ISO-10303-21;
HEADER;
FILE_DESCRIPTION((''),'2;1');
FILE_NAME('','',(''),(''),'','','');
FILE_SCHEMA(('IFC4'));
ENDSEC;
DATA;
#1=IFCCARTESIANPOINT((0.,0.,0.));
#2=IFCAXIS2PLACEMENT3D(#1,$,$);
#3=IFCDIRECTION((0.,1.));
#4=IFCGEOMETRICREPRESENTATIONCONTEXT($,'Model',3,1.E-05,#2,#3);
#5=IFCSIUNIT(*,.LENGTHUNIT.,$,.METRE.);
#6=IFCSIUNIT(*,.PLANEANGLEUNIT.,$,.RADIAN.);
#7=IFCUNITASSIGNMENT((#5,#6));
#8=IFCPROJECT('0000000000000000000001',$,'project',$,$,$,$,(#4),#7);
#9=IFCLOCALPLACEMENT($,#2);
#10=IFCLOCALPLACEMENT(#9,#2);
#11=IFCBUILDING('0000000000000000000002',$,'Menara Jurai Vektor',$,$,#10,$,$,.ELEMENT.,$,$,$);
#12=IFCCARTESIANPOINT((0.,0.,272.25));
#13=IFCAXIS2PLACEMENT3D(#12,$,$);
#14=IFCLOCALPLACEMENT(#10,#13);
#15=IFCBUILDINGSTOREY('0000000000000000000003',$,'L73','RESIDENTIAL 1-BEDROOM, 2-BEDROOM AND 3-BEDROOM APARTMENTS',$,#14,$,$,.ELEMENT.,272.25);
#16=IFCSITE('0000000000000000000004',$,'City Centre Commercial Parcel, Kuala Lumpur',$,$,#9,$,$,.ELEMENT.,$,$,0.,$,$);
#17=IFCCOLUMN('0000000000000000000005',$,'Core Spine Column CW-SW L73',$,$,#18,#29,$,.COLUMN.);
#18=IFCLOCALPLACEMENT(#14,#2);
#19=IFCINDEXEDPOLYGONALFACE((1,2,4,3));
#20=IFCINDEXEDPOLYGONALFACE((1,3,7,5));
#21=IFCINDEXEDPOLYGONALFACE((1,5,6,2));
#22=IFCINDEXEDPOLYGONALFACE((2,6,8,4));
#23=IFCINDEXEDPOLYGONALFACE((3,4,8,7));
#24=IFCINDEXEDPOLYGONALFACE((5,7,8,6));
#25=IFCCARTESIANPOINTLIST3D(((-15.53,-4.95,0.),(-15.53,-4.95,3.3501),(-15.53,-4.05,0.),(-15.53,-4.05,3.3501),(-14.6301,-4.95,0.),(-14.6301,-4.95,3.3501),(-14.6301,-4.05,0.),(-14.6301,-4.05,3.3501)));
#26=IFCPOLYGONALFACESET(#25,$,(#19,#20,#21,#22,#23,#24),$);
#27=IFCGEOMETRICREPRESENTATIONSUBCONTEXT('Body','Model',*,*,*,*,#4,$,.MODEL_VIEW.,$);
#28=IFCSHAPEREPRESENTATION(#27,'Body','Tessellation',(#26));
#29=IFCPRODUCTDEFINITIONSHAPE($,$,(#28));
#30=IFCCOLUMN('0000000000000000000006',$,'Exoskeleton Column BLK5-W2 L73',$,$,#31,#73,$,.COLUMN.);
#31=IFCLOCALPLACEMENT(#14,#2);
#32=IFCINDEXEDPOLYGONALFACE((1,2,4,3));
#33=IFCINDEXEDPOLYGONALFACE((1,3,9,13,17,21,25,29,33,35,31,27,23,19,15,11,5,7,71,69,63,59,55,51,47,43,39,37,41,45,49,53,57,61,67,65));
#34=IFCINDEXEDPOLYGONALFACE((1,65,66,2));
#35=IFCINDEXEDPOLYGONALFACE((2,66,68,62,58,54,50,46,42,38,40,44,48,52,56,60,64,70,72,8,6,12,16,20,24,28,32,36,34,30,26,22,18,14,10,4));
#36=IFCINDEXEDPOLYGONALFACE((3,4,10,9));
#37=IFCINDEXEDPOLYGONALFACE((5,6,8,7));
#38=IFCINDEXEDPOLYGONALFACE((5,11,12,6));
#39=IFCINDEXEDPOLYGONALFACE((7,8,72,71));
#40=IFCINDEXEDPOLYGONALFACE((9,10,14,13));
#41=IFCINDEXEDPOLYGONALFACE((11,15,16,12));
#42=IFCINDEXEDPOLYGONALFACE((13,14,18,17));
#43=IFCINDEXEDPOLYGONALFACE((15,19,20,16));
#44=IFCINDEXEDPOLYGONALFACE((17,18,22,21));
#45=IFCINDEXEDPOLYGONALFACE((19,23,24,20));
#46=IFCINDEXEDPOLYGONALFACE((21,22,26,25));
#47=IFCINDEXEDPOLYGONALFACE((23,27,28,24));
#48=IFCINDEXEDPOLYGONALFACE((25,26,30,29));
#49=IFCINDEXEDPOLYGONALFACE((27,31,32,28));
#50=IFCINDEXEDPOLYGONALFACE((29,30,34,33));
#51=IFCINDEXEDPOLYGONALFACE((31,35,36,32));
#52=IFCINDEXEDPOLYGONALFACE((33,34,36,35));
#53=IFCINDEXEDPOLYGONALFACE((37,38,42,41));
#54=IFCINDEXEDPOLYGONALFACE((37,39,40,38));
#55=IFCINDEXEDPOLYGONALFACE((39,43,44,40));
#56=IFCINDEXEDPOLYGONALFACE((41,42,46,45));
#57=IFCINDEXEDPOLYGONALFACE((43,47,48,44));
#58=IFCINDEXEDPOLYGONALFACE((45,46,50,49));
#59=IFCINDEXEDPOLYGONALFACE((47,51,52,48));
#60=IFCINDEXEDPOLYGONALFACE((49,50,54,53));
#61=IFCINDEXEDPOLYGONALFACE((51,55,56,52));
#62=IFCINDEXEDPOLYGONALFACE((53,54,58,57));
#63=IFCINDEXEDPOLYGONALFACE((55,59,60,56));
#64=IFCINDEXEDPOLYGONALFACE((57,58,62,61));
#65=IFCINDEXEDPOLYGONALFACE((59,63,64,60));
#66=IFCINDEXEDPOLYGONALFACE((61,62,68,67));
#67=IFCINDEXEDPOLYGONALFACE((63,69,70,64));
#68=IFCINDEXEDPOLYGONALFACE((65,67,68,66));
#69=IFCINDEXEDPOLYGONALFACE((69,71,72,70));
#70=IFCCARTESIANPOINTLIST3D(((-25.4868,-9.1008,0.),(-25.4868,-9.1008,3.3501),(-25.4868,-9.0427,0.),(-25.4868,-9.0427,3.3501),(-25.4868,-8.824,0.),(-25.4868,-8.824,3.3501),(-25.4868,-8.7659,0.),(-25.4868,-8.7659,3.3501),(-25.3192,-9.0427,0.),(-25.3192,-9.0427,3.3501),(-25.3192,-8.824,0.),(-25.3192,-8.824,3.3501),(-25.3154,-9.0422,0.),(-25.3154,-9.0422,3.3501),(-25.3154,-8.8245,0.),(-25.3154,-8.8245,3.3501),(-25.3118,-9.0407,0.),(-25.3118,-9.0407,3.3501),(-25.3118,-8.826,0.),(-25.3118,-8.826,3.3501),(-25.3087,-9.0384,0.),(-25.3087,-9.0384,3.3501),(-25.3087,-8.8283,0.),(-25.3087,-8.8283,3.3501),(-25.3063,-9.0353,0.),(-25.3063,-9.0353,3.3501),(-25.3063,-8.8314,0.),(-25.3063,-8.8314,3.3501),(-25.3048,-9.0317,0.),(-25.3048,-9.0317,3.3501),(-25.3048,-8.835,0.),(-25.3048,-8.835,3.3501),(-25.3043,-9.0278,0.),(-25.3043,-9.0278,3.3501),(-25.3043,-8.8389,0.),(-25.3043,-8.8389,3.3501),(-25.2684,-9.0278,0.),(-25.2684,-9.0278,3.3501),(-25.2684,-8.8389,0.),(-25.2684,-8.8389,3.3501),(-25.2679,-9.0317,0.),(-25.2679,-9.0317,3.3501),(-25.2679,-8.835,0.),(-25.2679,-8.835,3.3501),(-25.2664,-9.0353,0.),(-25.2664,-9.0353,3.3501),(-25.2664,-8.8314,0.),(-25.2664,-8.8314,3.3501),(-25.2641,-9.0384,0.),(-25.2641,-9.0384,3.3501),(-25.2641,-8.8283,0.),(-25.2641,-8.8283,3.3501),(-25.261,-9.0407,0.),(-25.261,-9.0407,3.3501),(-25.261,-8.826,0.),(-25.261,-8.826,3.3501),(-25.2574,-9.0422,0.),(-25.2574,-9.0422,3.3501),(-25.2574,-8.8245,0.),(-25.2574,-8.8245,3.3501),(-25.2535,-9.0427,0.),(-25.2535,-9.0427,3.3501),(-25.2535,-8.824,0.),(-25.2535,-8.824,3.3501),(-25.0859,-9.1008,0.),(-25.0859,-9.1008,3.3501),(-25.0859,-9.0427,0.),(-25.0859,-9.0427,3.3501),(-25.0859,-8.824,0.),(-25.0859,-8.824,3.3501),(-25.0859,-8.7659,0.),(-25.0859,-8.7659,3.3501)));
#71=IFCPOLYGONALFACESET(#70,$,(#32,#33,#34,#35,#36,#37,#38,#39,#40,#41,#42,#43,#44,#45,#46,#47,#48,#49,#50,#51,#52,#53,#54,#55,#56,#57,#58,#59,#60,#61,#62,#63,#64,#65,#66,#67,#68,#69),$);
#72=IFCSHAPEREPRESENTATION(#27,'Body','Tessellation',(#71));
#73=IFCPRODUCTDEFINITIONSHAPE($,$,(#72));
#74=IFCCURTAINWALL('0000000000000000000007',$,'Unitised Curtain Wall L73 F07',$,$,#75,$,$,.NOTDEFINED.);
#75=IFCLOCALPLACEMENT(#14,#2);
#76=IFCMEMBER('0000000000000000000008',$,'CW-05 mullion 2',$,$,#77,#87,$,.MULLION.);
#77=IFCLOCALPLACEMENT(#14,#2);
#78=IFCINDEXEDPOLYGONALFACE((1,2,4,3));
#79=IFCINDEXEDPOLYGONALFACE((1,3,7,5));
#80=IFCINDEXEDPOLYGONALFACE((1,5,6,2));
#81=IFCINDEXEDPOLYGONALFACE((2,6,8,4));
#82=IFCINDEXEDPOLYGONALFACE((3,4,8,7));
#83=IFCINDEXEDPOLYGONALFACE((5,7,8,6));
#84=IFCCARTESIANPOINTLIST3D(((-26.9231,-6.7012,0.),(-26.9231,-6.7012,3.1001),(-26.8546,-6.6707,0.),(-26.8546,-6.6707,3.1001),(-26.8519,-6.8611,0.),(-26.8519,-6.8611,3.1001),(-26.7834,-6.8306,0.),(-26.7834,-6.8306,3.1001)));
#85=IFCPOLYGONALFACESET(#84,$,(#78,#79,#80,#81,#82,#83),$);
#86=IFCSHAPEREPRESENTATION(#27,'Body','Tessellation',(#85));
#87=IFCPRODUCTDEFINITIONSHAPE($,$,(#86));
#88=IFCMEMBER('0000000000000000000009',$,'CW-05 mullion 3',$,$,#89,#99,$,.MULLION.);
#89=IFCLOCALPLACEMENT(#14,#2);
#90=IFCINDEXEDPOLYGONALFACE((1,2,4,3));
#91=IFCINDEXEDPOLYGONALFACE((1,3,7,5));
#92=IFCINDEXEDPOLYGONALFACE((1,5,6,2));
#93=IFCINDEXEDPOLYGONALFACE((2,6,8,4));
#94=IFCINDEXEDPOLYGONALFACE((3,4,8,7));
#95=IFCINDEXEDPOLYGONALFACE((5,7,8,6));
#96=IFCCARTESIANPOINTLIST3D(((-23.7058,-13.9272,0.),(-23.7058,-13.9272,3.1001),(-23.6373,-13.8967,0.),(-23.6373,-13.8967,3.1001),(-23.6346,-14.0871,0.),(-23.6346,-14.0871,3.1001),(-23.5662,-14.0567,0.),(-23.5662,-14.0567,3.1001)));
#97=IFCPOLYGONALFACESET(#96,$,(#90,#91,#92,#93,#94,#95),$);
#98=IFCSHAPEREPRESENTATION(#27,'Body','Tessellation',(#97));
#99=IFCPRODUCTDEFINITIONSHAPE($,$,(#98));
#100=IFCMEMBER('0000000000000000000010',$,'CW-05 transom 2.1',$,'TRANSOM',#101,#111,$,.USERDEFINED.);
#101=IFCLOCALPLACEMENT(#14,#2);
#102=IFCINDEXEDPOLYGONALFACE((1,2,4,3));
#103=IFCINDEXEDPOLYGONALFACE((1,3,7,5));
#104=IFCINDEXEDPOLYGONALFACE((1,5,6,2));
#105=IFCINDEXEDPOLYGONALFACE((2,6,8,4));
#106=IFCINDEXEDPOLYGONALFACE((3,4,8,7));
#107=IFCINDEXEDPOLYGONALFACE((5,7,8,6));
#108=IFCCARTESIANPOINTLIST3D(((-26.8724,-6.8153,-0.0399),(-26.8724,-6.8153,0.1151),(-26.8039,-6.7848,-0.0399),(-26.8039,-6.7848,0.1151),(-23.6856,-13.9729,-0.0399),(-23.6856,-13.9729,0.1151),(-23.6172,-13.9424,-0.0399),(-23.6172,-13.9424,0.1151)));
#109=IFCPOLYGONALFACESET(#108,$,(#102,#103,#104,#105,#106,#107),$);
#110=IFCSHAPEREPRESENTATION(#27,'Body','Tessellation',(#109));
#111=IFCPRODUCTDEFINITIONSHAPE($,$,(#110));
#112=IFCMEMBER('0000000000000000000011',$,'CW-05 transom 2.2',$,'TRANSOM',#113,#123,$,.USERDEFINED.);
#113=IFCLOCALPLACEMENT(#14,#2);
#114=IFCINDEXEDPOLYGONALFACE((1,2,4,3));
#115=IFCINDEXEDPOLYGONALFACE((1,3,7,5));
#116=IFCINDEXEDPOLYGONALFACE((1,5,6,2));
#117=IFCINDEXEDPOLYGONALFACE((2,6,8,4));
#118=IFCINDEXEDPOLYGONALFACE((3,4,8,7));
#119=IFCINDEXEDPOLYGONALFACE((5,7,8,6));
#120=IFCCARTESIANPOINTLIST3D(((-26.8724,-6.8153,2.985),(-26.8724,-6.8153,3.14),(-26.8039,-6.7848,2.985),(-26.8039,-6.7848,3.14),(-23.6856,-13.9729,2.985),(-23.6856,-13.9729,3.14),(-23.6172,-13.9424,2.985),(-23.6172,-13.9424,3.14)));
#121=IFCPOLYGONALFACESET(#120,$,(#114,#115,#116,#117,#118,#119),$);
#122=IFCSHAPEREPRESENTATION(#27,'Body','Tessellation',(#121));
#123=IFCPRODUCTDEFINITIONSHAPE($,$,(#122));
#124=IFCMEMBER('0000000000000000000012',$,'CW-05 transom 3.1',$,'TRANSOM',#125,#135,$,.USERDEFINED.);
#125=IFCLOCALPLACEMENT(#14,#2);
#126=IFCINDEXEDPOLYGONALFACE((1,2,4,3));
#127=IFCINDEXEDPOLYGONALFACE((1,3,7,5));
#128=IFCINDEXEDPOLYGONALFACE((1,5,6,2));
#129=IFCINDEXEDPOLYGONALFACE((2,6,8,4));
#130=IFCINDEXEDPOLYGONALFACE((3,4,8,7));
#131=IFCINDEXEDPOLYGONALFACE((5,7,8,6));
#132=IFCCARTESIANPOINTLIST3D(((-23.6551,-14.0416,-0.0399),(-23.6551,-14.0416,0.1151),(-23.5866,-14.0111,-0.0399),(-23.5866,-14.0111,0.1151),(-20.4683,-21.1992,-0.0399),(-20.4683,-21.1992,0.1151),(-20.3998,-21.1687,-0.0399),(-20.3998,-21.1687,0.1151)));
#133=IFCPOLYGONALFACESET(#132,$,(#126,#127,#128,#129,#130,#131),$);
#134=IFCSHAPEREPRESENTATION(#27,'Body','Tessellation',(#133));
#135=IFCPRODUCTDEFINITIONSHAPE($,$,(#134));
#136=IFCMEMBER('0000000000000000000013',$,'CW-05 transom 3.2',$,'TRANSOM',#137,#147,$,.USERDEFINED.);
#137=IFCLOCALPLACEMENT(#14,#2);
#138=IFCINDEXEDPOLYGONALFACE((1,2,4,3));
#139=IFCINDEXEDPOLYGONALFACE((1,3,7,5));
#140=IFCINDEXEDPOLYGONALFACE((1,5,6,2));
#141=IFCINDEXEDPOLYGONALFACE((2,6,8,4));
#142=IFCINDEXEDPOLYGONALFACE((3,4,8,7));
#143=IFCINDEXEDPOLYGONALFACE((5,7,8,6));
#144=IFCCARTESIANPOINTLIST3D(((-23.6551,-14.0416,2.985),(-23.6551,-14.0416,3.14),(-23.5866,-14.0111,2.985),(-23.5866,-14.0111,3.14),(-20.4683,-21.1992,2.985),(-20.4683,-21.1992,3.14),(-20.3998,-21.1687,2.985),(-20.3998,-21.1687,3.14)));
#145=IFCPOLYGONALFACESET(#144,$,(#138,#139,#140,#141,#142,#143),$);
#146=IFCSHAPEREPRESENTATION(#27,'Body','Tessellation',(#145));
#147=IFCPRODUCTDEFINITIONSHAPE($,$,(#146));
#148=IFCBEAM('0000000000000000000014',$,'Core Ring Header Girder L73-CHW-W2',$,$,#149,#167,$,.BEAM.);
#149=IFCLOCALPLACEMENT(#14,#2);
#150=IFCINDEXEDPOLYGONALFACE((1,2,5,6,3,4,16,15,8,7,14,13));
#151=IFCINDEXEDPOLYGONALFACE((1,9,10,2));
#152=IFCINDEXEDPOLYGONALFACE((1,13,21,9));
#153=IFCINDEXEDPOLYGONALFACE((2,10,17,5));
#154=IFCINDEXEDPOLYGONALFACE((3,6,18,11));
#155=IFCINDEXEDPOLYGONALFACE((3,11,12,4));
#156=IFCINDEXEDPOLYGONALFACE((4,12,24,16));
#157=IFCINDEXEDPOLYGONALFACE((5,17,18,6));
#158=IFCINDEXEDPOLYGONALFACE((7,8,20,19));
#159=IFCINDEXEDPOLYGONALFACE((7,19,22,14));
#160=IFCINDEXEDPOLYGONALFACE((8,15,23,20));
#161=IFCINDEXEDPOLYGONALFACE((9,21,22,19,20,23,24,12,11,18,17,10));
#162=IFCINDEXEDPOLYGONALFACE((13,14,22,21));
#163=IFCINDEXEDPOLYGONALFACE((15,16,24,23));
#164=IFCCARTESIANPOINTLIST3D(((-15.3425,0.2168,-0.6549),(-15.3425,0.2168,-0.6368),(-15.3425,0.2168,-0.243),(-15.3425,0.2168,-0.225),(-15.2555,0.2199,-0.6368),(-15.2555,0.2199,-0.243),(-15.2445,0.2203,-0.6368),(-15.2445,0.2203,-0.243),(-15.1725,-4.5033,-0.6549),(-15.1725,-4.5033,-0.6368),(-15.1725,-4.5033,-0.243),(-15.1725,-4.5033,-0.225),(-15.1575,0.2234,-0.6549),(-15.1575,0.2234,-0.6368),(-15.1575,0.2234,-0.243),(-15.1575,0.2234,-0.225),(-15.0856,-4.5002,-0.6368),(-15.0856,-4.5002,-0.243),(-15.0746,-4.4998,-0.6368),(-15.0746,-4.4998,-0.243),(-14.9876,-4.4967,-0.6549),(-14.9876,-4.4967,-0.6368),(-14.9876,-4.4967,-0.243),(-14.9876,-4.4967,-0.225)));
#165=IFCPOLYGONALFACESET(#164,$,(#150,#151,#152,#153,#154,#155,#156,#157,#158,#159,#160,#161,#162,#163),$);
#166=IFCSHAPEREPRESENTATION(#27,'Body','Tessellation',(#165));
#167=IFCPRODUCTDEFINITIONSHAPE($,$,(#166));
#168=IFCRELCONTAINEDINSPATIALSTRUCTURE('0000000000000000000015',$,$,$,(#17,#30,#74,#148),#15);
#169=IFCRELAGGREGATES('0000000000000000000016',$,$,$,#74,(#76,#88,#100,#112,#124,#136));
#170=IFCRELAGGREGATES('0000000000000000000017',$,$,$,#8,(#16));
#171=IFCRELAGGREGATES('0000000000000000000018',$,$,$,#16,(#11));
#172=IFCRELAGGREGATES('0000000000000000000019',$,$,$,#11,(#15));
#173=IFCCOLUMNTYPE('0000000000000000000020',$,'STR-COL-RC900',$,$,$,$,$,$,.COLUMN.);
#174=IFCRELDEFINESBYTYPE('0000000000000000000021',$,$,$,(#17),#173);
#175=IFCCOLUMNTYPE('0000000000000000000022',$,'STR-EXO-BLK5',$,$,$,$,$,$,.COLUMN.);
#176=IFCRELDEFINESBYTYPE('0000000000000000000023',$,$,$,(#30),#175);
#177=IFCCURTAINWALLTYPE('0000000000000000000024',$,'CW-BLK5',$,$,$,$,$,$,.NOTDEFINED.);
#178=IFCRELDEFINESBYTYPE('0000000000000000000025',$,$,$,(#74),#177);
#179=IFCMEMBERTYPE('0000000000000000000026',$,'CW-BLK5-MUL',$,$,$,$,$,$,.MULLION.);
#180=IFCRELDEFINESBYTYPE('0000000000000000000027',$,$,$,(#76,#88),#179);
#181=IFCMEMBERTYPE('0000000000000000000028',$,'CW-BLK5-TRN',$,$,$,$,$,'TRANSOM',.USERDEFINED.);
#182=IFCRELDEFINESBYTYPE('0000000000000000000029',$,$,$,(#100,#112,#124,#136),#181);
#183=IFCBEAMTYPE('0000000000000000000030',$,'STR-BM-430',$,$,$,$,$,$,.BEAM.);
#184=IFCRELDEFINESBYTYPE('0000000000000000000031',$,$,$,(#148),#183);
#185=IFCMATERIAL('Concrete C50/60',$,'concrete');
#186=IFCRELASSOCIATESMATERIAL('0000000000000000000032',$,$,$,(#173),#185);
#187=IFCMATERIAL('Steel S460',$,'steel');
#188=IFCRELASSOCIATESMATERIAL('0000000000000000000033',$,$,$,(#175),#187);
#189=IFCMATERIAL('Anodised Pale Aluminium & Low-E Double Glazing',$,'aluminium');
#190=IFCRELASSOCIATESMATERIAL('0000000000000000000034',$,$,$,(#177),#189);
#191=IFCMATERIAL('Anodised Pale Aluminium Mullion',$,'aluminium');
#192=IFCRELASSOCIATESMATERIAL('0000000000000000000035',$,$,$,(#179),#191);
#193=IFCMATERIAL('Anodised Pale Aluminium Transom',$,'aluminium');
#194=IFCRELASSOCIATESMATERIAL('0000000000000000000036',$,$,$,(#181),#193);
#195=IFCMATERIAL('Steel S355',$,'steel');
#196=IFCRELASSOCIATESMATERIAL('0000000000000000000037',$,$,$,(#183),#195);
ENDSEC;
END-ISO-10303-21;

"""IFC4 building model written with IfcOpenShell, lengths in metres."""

from ifc_helpers import new_model, si_unit, direction, frame, origin, origin_2d, place, context, subcontext, project, spatial, rectangle, i_section, extrude, material, material_profile, profile_set, type_object, element, aggregate, save


model = new_model("IFC4")

# Units and contexts
model_context = context("Model", 3, precision=1e-05, world=origin(), true_north=direction((0.0, 1.0)))
body_context = subcontext(model_context, "Body", "Model", "MODEL_VIEW")
ifc_project = project(units=[si_unit("LENGTHUNIT", "METRE"), si_unit("PLANEANGLEUNIT", "RADIAN")], contexts=[model_context])

# Site, building, storey
site_placement = place(None, origin())
site = spatial("IfcSite", under=ifc_project, at=site_placement, Name="City Centre Commercial Parcel, Kuala Lumpur", CompositionType="ELEMENT", RefElevation=0.0)
building_placement = place(site_placement, origin())
building = spatial("IfcBuilding", under=site, at=building_placement, Name="Menara Jurai Vektor", CompositionType="ELEMENT")
storey_placement = place(building_placement, frame((0.0, 0.0, 272.25)))
storey = spatial("IfcBuildingStorey", under=building, at=storey_placement, Name="L73", Description="RESIDENTIAL 1-BEDROOM, 2-BEDROOM AND 3-BEDROOM APARTMENTS", CompositionType="ELEMENT", Elevation=272.25)

# Columns
ifc_material_1 = material(Name="Concrete C50/60", Category="concrete")
ifc_material_profile_1 = material_profile(ifc_material_1, rectangle(XDim=0.8999, YDim=0.8999, at=origin_2d()), Name="RC 900x900")
ifc_profile_set_1 = profile_set([ifc_material_profile_1], Name="Concrete C50/60")
column_type_1 = type_object("IfcColumnType", Name="STR-COL-RC900", PredefinedType="COLUMN", material=ifc_profile_set_1)
column_1_placement = place(storey_placement, frame((-15.0801, -4.5, 0.0), z_axis=(0.0, 0.0, 1.0), x_axis=(1.0, 0.0, 0.0)))
element("IfcColumn", 1, at=column_1_placement, inside=storey, type_object=column_type_1, Name="Core Spine Column CW-SW L73", PredefinedType="COLUMN", context=body_context, shape_type="SweptSolid", body=[
    extrude(rectangle(XDim=0.8999, YDim=0.8999, at=origin_2d()), origin(), (0.0, 0.0, 1.0), 3.3501),
])
ifc_material_2 = material(Name="Steel S460", Category="steel")
ifc_material_profile_2 = material_profile(ifc_material_2, i_section(OverallWidth=0.4009, OverallDepth=0.335, WebThickness=0.0359, FlangeThickness=0.0581, FilletRadius=0.0149, at=origin_2d()), Name="HD 400x463")
ifc_profile_set_2 = profile_set([ifc_material_profile_2], Name="Steel S460")
column_type_2 = type_object("IfcColumnType", Name="STR-EXO-BLK5", PredefinedType="COLUMN", material=ifc_profile_set_2)
column_2_placement = place(storey_placement, frame((-25.2864, -8.9333, 0.0), z_axis=(0.0, 0.0, 1.0), x_axis=(1.0, 0.0, 0.0)))
element("IfcColumn", 2, at=column_2_placement, inside=storey, type_object=column_type_2, Name="Exoskeleton Column BLK5-W2 L73", PredefinedType="COLUMN", context=body_context, shape_type="SweptSolid", body=[
    extrude(i_section(OverallWidth=0.4009, OverallDepth=0.335, WebThickness=0.0359, FlangeThickness=0.0581, FilletRadius=0.0149, at=origin_2d()), origin(), (0.0, 0.0, 1.0), 3.3501),
])

# Curtain wall, members
ifc_material_3 = material(Name="Anodised Pale Aluminium & Low-E Double Glazing", Category="aluminium")
curtain_wall_type = type_object("IfcCurtainWallType", Name="CW-BLK5", PredefinedType="NOTDEFINED", material=ifc_material_3)
curtain_wall_placement = place(storey_placement, origin())
curtain_wall = element("IfcCurtainWall", 3, at=curtain_wall_placement, inside=storey, type_object=curtain_wall_type, Name="Unitised Curtain Wall L73 F07", PredefinedType="NOTDEFINED")
ifc_material_4 = material(Name="Anodised Pale Aluminium Mullion", Category="aluminium")
ifc_material_profile_3 = material_profile(ifc_material_4, rectangle(XDim=0.075, YDim=0.175, at=origin_2d()), Name="ALU MUL 75x175")
ifc_profile_set_3 = profile_set([ifc_material_profile_3], Name="Anodised Pale Aluminium Mullion")
member_type_1 = type_object("IfcMemberType", Name="CW-BLK5-MUL", PredefinedType="MULLION", material=ifc_profile_set_3)
member_1_placement = place(storey_placement, frame((-26.8533, -6.7659, 0.0), z_axis=(0.0, 0.0, 1.0), x_axis=(0.913546, 0.406735, 0.0)))
member_1 = element("IfcMember", 4, at=member_1_placement, type_object=member_type_1, Name="CW-05 mullion 2", PredefinedType="MULLION", context=body_context, shape_type="SweptSolid", body=[
    extrude(rectangle(XDim=0.075, YDim=0.175, at=origin_2d()), origin(), (0.0, 0.0, 1.0), 3.1001),
])
member_2_placement = place(storey_placement, frame((-23.636, -13.9919, 0.0), z_axis=(0.0, 0.0, 1.0), x_axis=(0.913546, 0.406735, 0.0)))
member_2 = element("IfcMember", 5, at=member_2_placement, type_object=member_type_1, Name="CW-05 mullion 3", PredefinedType="MULLION", context=body_context, shape_type="SweptSolid", body=[
    extrude(rectangle(XDim=0.075, YDim=0.175, at=origin_2d()), origin(), (0.0, 0.0, 1.0), 3.1001),
])
ifc_material_5 = material(Name="Anodised Pale Aluminium Transom", Category="aluminium")
ifc_material_profile_4 = material_profile(ifc_material_5, rectangle(XDim=0.075, YDim=0.155, at=origin_2d()), Name="ALU TRN 75x155")
ifc_profile_set_4 = profile_set([ifc_material_profile_4], Name="Anodised Pale Aluminium Transom")
member_type_2 = type_object("IfcMemberType", Name="CW-BLK5-TRN", ElementType="TRANSOM", PredefinedType="USERDEFINED", material=ifc_profile_set_4)
member_3_placement = place(storey_placement, frame((-26.8381, -6.8, 0.0376), z_axis=(0.406731, -0.913548, 0.0), x_axis=(0.913548, 0.406731, 0.0)))
member_3 = element("IfcMember", 6, at=member_3_placement, type_object=member_type_2, Name="CW-05 transom 2.1", ObjectType="TRANSOM", PredefinedType="USERDEFINED", context=body_context, shape_type="SweptSolid", body=[
    extrude(rectangle(XDim=0.075, YDim=0.155, at=origin_2d()), origin(), (0.0, 0.0, 1.0), 7.835),
])
member_4_placement = place(storey_placement, frame((-26.8381, -6.8, 3.0625), z_axis=(0.406731, -0.913548, 0.0), x_axis=(0.913548, 0.406731, 0.0)))
member_4 = element("IfcMember", 7, at=member_4_placement, type_object=member_type_2, Name="CW-05 transom 2.2", ObjectType="TRANSOM", PredefinedType="USERDEFINED", context=body_context, shape_type="SweptSolid", body=[
    extrude(rectangle(XDim=0.075, YDim=0.155, at=origin_2d()), origin(), (0.0, 0.0, 1.0), 7.835),
])
member_5_placement = place(storey_placement, frame((-23.6208, -14.0264, 0.0376), z_axis=(0.406743, -0.913543, 0.0), x_axis=(0.913543, 0.406743, 0.0)))
member_5 = element("IfcMember", 8, at=member_5_placement, type_object=member_type_2, Name="CW-05 transom 3.1", ObjectType="TRANSOM", PredefinedType="USERDEFINED", context=body_context, shape_type="SweptSolid", body=[
    extrude(rectangle(XDim=0.075, YDim=0.155, at=origin_2d()), origin(), (0.0, 0.0, 1.0), 7.835),
])
member_6_placement = place(storey_placement, frame((-23.6208, -14.0264, 3.0625), z_axis=(0.406743, -0.913543, 0.0), x_axis=(0.913543, 0.406743, 0.0)))
member_6 = element("IfcMember", 9, at=member_6_placement, type_object=member_type_2, Name="CW-05 transom 3.2", ObjectType="TRANSOM", PredefinedType="USERDEFINED", context=body_context, shape_type="SweptSolid", body=[
    extrude(rectangle(XDim=0.075, YDim=0.155, at=origin_2d()), origin(), (0.0, 0.0, 1.0), 7.835),
])

# Beam
ifc_material_6 = material(Name="Steel S355", Category="steel")
ifc_material_profile_5 = material_profile(ifc_material_6, i_section(OverallWidth=0.1851, OverallDepth=0.4299, WebThickness=0.011, FlangeThickness=0.0181, at=origin_2d()), Name="PG 430x185x76")
ifc_profile_set_5 = profile_set([ifc_material_profile_5], Name="Steel S355")
beam_type_1 = type_object("IfcBeamType", Name="STR-BM-430", PredefinedType="BEAM", material=ifc_profile_set_5)
beam_1_placement = place(storey_placement, frame((-15.0801, -4.5, -0.4399), z_axis=(-0.035977, 0.999353, 0.0), x_axis=(-0.999353, -0.035977, 0.0)))
element("IfcBeam", 10, at=beam_1_placement, inside=storey, type_object=beam_type_1, Name="Core Ring Header Girder L73-CHW-W2", PredefinedType="BEAM", context=body_context, shape_type="SweptSolid", body=[
    extrude(i_section(OverallWidth=0.1851, OverallDepth=0.4299, WebThickness=0.011, FlangeThickness=0.0181, at=origin_2d()), origin(), (0.0, 0.0, 1.0), 4.7231),
])

aggregate(curtain_wall, [member_1, member_2, member_3, member_4, member_5, member_6])

save(model, "model.ifc")
